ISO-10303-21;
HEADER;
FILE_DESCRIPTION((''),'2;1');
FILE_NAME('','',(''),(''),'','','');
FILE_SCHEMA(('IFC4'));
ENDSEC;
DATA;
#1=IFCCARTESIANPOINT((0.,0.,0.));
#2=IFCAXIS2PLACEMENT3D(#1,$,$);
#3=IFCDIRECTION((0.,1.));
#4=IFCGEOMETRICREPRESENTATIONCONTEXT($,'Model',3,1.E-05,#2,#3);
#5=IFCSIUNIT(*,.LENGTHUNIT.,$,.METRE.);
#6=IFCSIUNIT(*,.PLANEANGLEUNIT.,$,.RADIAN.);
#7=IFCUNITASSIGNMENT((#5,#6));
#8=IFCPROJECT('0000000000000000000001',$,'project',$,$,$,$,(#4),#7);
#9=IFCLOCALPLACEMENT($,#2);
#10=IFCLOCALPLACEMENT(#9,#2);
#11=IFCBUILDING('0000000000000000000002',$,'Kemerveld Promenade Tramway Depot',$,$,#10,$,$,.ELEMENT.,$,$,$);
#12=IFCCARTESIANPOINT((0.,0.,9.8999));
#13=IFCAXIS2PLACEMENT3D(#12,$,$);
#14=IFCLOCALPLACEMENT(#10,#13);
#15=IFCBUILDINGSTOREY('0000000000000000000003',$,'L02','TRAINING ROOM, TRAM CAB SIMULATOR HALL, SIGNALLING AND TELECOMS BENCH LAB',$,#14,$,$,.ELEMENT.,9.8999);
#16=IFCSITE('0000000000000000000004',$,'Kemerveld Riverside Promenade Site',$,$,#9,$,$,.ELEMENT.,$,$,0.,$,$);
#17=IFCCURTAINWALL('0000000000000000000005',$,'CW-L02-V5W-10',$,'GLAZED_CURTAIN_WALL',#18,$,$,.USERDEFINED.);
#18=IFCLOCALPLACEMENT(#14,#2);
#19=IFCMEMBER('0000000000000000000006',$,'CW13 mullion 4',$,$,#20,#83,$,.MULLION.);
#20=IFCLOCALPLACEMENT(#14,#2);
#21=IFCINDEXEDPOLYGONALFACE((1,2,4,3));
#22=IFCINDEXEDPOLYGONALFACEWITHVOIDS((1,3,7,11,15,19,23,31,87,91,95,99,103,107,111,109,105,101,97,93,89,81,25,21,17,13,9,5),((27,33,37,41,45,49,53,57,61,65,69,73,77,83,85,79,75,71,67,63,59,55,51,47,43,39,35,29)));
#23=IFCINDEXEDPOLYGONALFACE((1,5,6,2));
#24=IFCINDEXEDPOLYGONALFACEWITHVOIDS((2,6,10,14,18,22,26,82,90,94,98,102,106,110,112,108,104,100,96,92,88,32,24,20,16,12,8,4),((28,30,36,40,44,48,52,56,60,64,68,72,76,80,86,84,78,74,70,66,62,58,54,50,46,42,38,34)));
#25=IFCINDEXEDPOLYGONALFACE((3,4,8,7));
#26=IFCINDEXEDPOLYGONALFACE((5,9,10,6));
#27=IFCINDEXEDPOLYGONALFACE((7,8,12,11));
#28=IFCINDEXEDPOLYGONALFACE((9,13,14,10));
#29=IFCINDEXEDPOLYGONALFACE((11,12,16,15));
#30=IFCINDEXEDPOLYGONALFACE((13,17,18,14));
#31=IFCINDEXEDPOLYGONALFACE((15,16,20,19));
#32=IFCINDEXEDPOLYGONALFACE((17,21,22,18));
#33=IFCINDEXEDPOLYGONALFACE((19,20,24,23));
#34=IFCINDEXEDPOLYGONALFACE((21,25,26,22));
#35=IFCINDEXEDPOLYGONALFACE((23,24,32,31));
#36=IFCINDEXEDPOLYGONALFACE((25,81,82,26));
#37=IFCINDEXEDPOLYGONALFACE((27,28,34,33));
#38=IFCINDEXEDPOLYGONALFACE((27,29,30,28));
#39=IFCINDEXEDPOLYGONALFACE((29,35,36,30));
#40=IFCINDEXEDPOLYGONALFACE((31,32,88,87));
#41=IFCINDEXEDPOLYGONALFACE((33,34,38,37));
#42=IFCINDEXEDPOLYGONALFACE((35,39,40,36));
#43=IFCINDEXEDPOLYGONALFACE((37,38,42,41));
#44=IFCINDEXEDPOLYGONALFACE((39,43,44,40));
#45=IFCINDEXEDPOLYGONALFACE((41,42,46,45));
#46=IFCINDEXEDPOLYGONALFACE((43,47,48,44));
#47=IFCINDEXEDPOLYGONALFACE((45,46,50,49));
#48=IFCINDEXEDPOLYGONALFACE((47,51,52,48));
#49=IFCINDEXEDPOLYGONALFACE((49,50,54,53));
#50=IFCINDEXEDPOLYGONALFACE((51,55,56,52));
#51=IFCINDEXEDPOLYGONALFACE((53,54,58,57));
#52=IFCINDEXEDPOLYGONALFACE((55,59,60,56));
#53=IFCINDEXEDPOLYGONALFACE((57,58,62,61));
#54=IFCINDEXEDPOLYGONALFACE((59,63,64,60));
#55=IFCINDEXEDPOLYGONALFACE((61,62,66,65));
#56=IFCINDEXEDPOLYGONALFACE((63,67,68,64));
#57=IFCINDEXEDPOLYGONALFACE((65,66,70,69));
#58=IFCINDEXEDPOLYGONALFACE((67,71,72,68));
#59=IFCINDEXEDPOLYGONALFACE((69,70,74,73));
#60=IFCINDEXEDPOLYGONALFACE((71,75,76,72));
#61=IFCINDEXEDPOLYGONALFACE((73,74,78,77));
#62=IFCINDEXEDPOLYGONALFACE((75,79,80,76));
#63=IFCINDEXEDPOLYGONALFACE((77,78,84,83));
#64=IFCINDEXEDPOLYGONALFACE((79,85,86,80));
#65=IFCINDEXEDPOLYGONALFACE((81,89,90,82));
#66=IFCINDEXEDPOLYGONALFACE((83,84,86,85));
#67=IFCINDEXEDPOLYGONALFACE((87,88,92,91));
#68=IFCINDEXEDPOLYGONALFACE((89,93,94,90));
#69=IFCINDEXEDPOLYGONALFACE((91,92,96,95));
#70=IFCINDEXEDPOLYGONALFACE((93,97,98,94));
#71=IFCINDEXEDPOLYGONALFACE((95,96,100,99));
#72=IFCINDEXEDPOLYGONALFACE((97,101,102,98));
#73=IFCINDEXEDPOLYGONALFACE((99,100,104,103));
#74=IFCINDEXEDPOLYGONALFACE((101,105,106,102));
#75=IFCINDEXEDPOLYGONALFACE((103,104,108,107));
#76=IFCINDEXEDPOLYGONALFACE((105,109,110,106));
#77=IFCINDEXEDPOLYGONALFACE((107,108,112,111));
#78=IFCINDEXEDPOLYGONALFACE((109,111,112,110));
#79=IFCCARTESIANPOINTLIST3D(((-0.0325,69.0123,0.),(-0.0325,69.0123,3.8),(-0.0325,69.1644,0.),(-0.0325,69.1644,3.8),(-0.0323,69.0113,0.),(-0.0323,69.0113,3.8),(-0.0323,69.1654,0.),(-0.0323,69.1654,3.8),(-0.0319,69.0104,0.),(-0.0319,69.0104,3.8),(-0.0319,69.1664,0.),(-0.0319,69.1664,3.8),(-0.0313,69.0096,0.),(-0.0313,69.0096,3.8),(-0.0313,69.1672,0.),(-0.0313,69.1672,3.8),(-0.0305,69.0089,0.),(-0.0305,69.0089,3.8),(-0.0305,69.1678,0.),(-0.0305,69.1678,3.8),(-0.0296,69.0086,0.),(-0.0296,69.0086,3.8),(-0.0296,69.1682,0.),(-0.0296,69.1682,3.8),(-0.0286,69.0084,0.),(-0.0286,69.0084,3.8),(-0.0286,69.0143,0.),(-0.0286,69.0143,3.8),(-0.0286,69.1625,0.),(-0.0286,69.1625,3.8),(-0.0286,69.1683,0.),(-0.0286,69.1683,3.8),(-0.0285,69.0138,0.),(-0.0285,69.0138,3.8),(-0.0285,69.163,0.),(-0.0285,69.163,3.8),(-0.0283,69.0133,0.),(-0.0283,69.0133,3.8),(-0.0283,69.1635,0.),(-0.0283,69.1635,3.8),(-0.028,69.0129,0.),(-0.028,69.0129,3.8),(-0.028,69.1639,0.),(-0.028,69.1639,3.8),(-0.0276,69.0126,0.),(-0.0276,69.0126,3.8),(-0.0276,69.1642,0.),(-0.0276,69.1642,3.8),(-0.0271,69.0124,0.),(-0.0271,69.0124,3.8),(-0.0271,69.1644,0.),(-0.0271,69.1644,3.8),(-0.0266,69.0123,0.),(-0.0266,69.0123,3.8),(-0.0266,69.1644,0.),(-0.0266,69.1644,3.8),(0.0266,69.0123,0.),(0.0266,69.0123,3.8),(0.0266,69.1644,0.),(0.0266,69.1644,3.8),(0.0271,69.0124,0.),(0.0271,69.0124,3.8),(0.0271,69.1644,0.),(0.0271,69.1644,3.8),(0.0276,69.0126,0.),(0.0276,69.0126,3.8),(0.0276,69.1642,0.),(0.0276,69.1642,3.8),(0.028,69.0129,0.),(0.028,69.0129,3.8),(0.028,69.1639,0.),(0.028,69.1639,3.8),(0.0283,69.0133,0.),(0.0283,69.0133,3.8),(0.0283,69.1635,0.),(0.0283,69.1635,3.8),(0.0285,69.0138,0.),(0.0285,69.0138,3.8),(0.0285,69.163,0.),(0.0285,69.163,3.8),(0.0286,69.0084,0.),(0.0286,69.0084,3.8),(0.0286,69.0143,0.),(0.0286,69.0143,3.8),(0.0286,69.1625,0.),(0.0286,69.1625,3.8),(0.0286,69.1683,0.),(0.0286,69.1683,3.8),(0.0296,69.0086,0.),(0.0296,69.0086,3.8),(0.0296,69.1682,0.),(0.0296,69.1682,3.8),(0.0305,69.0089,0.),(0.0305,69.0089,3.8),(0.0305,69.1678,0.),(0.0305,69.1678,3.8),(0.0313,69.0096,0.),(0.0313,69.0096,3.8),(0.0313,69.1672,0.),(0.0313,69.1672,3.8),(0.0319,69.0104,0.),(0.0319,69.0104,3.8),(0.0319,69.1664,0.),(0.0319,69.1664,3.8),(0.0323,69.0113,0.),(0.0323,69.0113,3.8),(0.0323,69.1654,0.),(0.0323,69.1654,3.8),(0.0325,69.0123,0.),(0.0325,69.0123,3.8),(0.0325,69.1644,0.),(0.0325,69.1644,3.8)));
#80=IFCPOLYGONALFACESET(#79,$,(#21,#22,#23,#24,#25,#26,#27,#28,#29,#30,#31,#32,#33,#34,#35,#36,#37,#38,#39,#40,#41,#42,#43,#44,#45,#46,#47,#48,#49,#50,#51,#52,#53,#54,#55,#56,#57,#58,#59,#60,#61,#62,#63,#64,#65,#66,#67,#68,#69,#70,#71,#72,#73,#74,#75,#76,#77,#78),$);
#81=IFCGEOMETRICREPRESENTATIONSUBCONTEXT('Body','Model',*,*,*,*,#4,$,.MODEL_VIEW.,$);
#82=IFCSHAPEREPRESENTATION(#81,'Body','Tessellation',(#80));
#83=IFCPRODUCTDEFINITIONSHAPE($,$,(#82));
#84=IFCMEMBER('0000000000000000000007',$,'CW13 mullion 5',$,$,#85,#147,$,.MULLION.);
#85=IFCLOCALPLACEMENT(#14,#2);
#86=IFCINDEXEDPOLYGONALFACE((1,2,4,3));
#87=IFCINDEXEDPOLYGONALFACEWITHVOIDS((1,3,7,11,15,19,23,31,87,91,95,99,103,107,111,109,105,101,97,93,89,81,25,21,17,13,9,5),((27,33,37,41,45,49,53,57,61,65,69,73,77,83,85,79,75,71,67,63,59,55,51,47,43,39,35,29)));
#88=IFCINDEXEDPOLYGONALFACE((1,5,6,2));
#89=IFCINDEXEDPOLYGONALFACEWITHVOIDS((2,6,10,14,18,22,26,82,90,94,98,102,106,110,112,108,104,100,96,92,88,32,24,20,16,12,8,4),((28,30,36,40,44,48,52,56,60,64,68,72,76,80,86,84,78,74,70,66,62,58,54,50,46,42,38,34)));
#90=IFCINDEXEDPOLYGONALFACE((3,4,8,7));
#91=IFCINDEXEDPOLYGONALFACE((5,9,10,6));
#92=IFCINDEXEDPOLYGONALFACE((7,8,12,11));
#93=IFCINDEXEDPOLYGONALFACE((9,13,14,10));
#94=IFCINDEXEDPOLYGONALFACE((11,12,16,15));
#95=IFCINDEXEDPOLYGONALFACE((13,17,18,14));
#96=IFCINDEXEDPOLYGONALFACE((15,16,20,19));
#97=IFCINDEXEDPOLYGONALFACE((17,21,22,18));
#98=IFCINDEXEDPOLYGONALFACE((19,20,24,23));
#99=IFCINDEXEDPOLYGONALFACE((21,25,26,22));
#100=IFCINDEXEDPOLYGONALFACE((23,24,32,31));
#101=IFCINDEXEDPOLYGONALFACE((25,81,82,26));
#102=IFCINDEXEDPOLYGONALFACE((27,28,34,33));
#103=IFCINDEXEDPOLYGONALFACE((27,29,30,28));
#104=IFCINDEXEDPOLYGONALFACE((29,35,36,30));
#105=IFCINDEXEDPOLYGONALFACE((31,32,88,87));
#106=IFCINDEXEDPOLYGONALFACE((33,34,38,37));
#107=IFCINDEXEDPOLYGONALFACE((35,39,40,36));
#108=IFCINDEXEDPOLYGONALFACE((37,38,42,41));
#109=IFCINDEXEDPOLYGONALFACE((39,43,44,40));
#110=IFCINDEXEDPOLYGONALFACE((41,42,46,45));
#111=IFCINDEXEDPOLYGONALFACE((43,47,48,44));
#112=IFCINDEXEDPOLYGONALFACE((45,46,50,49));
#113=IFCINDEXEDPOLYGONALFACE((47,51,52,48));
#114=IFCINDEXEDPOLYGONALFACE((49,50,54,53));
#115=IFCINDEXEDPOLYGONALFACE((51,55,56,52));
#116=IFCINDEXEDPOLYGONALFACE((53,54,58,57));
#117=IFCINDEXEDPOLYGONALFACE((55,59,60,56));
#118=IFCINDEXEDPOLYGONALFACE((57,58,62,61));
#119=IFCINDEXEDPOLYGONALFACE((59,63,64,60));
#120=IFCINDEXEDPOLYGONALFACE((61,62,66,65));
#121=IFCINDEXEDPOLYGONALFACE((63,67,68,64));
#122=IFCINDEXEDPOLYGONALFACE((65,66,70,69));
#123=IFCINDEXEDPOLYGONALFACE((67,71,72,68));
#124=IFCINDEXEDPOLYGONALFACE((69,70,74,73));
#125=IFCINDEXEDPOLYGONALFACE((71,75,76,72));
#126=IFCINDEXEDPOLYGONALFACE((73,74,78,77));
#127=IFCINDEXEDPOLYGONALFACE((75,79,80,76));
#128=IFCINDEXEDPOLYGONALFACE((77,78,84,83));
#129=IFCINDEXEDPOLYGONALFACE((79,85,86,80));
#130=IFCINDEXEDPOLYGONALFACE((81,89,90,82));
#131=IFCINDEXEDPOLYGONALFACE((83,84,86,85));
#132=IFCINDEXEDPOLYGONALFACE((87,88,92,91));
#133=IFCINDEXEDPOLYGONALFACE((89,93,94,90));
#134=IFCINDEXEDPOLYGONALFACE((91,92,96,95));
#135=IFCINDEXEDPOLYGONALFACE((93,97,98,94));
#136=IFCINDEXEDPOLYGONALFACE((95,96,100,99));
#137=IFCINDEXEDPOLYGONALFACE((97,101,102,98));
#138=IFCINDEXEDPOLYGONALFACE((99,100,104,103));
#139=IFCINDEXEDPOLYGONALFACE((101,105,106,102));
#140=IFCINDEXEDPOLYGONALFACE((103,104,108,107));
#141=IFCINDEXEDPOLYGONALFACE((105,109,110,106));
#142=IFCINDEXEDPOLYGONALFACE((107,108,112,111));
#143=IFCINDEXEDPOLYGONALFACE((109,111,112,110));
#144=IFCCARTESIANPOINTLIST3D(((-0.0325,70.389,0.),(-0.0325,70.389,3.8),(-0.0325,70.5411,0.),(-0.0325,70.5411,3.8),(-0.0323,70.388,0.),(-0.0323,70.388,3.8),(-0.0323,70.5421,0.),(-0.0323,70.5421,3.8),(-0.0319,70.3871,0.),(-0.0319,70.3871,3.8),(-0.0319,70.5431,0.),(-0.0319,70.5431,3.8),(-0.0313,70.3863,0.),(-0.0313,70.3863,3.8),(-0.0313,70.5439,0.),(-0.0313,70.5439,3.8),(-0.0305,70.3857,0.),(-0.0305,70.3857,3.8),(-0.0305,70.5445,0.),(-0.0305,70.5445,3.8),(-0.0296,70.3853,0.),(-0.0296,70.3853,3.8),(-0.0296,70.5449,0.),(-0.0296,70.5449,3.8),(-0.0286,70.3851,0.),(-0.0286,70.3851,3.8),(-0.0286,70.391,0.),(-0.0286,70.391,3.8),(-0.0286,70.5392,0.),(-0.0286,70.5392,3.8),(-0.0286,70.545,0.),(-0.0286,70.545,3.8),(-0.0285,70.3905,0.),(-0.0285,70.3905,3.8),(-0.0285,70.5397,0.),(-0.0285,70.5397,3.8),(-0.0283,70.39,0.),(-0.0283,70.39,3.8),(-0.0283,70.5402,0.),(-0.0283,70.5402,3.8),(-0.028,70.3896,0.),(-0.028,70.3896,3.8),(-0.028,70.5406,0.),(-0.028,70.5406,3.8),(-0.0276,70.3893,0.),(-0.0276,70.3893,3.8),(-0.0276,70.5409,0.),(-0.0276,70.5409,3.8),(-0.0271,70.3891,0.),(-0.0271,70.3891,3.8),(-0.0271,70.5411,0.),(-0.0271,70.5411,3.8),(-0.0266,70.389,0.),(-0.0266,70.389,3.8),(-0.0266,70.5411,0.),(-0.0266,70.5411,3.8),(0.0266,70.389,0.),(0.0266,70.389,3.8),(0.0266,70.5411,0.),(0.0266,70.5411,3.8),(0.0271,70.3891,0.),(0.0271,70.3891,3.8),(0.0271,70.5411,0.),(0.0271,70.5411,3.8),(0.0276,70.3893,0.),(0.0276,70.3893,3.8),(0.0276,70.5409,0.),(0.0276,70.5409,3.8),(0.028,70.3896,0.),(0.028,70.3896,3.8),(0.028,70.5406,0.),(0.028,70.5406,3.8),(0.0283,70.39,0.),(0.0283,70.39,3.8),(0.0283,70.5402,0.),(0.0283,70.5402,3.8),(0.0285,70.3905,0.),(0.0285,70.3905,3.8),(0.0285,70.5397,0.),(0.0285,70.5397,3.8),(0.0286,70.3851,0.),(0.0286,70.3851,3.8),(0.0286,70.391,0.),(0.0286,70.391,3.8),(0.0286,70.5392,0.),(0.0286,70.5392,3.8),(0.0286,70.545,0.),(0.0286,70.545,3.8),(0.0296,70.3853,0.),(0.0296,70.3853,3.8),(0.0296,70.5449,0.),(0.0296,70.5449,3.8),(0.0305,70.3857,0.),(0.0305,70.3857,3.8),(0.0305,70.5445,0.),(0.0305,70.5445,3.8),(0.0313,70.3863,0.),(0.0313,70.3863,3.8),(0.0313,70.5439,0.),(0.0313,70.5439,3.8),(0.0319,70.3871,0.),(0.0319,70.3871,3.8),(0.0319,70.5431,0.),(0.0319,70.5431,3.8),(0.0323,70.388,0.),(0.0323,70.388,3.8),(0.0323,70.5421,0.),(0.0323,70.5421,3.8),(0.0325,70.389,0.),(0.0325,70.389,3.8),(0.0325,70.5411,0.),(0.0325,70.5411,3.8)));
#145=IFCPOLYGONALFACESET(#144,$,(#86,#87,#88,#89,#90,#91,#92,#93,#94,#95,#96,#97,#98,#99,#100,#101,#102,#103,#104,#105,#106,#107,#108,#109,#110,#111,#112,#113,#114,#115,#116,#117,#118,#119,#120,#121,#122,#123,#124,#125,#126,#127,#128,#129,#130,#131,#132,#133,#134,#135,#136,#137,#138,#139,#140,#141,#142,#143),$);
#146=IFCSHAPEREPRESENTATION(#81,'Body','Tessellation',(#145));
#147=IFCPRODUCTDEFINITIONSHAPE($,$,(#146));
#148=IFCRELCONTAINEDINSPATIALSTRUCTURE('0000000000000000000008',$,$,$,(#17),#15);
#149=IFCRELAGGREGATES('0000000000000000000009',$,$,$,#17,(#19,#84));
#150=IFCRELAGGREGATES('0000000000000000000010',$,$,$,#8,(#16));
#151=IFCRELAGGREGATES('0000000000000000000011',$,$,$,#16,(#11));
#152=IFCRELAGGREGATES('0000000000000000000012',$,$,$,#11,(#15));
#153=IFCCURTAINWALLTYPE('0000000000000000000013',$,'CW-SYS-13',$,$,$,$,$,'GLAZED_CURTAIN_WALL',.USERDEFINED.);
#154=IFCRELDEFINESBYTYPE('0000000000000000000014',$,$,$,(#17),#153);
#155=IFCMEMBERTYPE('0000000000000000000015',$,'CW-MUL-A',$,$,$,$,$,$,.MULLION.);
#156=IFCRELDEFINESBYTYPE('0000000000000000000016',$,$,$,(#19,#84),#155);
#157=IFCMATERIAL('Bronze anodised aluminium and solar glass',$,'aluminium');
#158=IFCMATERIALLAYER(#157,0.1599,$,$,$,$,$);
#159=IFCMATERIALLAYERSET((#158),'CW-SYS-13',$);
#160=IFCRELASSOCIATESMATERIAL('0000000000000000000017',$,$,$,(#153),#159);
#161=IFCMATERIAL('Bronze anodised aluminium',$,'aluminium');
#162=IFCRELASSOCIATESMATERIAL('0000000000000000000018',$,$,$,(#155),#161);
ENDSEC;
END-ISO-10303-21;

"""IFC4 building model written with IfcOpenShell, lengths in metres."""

from ifc_helpers import new_model, si_unit, direction, frame, origin, origin_2d, place, context, subcontext, project, spatial, hollow_rectangle, extrude, material, layer, layer_set, material_profile, profile_set, type_object, element, aggregate, save


model = new_model("IFC4")

# Units and contexts
model_context = context("Model", 3, precision=1e-05, world=origin(), true_north=direction((0.0, 1.0)))
body_context = subcontext(model_context, "Body", "Model", "MODEL_VIEW")
ifc_project = project(units=[si_unit("LENGTHUNIT", "METRE"), si_unit("PLANEANGLEUNIT", "RADIAN")], contexts=[model_context])

# Site, building, storey
site_placement = place(None, origin())
site = spatial("IfcSite", under=ifc_project, at=site_placement, Name="Kemerveld Riverside Promenade Site", CompositionType="ELEMENT", RefElevation=0.0)
building_placement = place(site_placement, origin())
building = spatial("IfcBuilding", under=site, at=building_placement, Name="Kemerveld Promenade Tramway Depot", CompositionType="ELEMENT")
storey_placement = place(building_placement, frame((0.0, 0.0, 9.8999)))
storey = spatial("IfcBuildingStorey", under=building, at=storey_placement, Name="L02", Description="TRAINING ROOM, TRAM CAB SIMULATOR HALL, SIGNALLING AND TELECOMS BENCH LAB", CompositionType="ELEMENT", Elevation=9.8999)

# Curtain wall, members
ifc_material_1 = material(Name="Bronze anodised aluminium and solar glass", Category="aluminium")
ifc_layer_1 = layer(ifc_material_1, 0.1599)
ifc_layer_set_1 = layer_set([ifc_layer_1], Name="CW-SYS-13")
curtain_wall_type = type_object("IfcCurtainWallType", Name="CW-SYS-13", ElementType="GLAZED_CURTAIN_WALL", PredefinedType="USERDEFINED", material=ifc_layer_set_1)
curtain_wall_placement = place(storey_placement, origin())
curtain_wall = element("IfcCurtainWall", 1, at=curtain_wall_placement, inside=storey, type_object=curtain_wall_type, Name="CW-L02-V5W-10", ObjectType="GLAZED_CURTAIN_WALL", PredefinedType="USERDEFINED")
ifc_material_2 = material(Name="Bronze anodised aluminium", Category="aluminium")
ifc_material_profile_1 = material_profile(ifc_material_2, hollow_rectangle(XDim=0.0649, YDim=0.1599, WallThickness=0.0039, InnerFilletRadius=0.002, OuterFilletRadius=0.0039, at=origin_2d()), Name="CW-MUL-160x65")
ifc_profile_set_1 = profile_set([ifc_material_profile_1], Name="Bronze anodised aluminium")
member_type_1 = type_object("IfcMemberType", Name="CW-MUL-A", PredefinedType="MULLION", material=ifc_profile_set_1)
member_1_placement = place(storey_placement, frame((0.0, 69.0884, 0.0), z_axis=(0.0, 0.0, 1.0), x_axis=(-1.0, 0.0, 0.0)))
member_1 = element("IfcMember", 2, at=member_1_placement, type_object=member_type_1, Name="CW13 mullion 4", PredefinedType="MULLION", context=body_context, shape_type="SweptSolid", body=[
    extrude(hollow_rectangle(XDim=0.0649, YDim=0.1599, WallThickness=0.0039, InnerFilletRadius=0.002, OuterFilletRadius=0.0039, at=origin_2d()), origin(), (0.0, 0.0, 1.0), 3.8),
])
member_2_placement = place(storey_placement, frame((0.0, 70.4651, 0.0), z_axis=(0.0, 0.0, 1.0), x_axis=(-1.0, 0.0, 0.0)))
member_2 = element("IfcMember", 3, at=member_2_placement, type_object=member_type_1, Name="CW13 mullion 5", PredefinedType="MULLION", context=body_context, shape_type="SweptSolid", body=[
    extrude(hollow_rectangle(XDim=0.0649, YDim=0.1599, WallThickness=0.0039, InnerFilletRadius=0.002, OuterFilletRadius=0.0039, at=origin_2d()), origin(), (0.0, 0.0, 1.0), 3.8),
])
aggregate(curtain_wall, [member_1, member_2])

save(model, "model.ifc")
